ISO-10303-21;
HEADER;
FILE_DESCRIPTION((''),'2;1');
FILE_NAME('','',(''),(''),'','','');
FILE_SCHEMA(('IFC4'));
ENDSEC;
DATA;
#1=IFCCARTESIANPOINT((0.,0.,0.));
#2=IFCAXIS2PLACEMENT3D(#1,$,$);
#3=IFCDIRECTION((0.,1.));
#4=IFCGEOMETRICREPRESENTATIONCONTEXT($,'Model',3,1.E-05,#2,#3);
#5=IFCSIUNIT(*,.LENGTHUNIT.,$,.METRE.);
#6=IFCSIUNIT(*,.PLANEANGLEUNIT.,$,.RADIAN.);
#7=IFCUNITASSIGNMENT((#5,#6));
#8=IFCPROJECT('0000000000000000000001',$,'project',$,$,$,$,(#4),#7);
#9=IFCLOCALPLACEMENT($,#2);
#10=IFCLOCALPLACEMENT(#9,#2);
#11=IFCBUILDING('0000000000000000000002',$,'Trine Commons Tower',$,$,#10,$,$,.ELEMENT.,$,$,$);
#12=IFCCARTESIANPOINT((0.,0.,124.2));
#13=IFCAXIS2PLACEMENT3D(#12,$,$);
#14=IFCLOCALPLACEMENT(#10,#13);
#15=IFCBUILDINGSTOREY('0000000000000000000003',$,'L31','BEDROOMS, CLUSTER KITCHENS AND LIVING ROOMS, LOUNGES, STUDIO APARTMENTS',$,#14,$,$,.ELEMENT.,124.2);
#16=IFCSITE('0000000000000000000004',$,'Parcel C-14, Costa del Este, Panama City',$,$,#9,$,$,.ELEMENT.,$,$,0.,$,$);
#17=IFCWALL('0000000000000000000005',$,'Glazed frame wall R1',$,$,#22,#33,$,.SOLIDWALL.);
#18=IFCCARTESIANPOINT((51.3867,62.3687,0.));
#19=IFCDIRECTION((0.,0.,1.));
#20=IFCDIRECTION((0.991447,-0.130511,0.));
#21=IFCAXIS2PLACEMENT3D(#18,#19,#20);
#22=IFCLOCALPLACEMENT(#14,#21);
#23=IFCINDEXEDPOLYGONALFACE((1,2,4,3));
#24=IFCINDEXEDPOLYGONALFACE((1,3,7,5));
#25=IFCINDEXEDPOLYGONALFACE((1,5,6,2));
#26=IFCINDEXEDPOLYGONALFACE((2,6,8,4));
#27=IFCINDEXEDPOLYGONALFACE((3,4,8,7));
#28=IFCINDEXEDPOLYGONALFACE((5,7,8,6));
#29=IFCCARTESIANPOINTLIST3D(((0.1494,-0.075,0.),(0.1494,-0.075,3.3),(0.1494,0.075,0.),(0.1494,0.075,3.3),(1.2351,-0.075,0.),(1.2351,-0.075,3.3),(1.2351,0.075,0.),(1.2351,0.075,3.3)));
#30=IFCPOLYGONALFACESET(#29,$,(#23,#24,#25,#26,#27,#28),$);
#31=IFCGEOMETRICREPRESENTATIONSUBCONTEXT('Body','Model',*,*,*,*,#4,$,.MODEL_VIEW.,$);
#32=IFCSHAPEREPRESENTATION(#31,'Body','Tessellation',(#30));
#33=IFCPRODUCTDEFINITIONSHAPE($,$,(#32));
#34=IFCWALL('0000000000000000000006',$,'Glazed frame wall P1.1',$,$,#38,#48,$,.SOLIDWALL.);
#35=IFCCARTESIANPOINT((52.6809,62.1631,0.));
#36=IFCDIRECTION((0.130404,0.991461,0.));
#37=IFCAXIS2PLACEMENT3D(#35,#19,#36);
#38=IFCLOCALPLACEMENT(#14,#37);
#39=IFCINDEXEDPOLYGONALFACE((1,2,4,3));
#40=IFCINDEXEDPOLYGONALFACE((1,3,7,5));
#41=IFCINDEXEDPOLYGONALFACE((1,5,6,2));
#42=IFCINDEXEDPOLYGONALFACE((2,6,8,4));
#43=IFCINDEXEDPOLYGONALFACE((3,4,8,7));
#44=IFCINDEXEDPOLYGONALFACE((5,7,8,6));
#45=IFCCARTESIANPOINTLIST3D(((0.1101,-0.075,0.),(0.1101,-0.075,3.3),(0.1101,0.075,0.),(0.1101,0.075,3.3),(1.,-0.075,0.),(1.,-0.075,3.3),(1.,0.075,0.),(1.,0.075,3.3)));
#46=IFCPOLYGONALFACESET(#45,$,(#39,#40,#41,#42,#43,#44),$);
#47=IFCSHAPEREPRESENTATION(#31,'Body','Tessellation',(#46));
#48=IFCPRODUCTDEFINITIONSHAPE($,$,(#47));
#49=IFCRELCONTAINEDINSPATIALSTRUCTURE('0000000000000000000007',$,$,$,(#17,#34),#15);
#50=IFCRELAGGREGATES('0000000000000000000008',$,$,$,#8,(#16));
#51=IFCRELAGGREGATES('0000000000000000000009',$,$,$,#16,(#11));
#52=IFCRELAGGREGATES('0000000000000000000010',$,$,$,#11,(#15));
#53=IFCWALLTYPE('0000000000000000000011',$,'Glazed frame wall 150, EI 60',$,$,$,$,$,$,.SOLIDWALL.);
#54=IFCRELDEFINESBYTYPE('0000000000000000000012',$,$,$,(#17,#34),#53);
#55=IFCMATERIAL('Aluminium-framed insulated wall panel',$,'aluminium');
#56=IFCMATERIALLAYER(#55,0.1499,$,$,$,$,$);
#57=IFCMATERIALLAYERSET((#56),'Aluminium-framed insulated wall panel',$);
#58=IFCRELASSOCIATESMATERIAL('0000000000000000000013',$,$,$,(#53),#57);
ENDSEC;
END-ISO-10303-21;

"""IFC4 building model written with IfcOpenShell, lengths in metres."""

from ifc_helpers import new_model, si_unit, direction, frame, origin, place, context, subcontext, project, spatial, polyline, outline, extrude, material, layer, layer_set, type_object, element, save


model = new_model("IFC4")

# Units and contexts
model_context = context("Model", 3, precision=1e-05, world=origin(), true_north=direction((0.0, 1.0)))
body_context = subcontext(model_context, "Body", "Model", "MODEL_VIEW")
ifc_project = project(units=[si_unit("LENGTHUNIT", "METRE"), si_unit("PLANEANGLEUNIT", "RADIAN")], contexts=[model_context])

# Site, building, storey
site_placement = place(None, origin())
site = spatial("IfcSite", under=ifc_project, at=site_placement, Name="Parcel C-14, Costa del Este, Panama City", CompositionType="ELEMENT", RefElevation=0.0)
building_placement = place(site_placement, origin())
building = spatial("IfcBuilding", under=site, at=building_placement, Name="Trine Commons Tower", CompositionType="ELEMENT")
storey_placement = place(building_placement, frame((0.0, 0.0, 124.2)))
storey = spatial("IfcBuildingStorey", under=building, at=storey_placement, Name="L31", Description="BEDROOMS, CLUSTER KITCHENS AND LIVING ROOMS, LOUNGES, STUDIO APARTMENTS", CompositionType="ELEMENT", Elevation=124.2)

# Walls
ifc_material_1 = material(Name="Aluminium-framed insulated wall panel", Category="aluminium")
ifc_layer_1 = layer(ifc_material_1, 0.1499)
ifc_layer_set_1 = layer_set([ifc_layer_1], Name="Aluminium-framed insulated wall panel")
wall_type_1 = type_object("IfcWallType", Name="Glazed frame wall 150, EI 60", PredefinedType="SOLIDWALL", material=ifc_layer_set_1)
wall_1_placement = place(storey_placement, frame((51.3867, 62.3687, 0.0), z_axis=(0.0, 0.0, 1.0), x_axis=(0.991447, -0.130511, 0.0)))
element("IfcWall", 1, at=wall_1_placement, inside=storey, type_object=wall_type_1, Name="Glazed frame wall R1", PredefinedType="SOLIDWALL", context=body_context, shape_type="SweptSolid", body=[
    extrude(outline(polyline([(0.1494, 0.075), (0.1494, -0.075), (1.2351, -0.075), (1.2351, 0.075), (0.1494, 0.075)])), origin(), (0.0, 0.0, 1.0), 3.3),
])
wall_2_placement = place(storey_placement, frame((52.6809, 62.1631, 0.0), z_axis=(0.0, 0.0, 1.0), x_axis=(0.130404, 0.991461, 0.0)))
element("IfcWall", 2, at=wall_2_placement, inside=storey, type_object=wall_type_1, Name="Glazed frame wall P1.1", PredefinedType="SOLIDWALL", context=body_context, shape_type="SweptSolid", body=[
    extrude(outline(polyline([(0.1101, -0.075), (1.0, -0.075), (1.0, 0.075), (0.1101, 0.075), (0.1101, -0.075)])), origin(), (0.0, 0.0, 1.0), 3.3),
])

save(model, "model.ifc")
